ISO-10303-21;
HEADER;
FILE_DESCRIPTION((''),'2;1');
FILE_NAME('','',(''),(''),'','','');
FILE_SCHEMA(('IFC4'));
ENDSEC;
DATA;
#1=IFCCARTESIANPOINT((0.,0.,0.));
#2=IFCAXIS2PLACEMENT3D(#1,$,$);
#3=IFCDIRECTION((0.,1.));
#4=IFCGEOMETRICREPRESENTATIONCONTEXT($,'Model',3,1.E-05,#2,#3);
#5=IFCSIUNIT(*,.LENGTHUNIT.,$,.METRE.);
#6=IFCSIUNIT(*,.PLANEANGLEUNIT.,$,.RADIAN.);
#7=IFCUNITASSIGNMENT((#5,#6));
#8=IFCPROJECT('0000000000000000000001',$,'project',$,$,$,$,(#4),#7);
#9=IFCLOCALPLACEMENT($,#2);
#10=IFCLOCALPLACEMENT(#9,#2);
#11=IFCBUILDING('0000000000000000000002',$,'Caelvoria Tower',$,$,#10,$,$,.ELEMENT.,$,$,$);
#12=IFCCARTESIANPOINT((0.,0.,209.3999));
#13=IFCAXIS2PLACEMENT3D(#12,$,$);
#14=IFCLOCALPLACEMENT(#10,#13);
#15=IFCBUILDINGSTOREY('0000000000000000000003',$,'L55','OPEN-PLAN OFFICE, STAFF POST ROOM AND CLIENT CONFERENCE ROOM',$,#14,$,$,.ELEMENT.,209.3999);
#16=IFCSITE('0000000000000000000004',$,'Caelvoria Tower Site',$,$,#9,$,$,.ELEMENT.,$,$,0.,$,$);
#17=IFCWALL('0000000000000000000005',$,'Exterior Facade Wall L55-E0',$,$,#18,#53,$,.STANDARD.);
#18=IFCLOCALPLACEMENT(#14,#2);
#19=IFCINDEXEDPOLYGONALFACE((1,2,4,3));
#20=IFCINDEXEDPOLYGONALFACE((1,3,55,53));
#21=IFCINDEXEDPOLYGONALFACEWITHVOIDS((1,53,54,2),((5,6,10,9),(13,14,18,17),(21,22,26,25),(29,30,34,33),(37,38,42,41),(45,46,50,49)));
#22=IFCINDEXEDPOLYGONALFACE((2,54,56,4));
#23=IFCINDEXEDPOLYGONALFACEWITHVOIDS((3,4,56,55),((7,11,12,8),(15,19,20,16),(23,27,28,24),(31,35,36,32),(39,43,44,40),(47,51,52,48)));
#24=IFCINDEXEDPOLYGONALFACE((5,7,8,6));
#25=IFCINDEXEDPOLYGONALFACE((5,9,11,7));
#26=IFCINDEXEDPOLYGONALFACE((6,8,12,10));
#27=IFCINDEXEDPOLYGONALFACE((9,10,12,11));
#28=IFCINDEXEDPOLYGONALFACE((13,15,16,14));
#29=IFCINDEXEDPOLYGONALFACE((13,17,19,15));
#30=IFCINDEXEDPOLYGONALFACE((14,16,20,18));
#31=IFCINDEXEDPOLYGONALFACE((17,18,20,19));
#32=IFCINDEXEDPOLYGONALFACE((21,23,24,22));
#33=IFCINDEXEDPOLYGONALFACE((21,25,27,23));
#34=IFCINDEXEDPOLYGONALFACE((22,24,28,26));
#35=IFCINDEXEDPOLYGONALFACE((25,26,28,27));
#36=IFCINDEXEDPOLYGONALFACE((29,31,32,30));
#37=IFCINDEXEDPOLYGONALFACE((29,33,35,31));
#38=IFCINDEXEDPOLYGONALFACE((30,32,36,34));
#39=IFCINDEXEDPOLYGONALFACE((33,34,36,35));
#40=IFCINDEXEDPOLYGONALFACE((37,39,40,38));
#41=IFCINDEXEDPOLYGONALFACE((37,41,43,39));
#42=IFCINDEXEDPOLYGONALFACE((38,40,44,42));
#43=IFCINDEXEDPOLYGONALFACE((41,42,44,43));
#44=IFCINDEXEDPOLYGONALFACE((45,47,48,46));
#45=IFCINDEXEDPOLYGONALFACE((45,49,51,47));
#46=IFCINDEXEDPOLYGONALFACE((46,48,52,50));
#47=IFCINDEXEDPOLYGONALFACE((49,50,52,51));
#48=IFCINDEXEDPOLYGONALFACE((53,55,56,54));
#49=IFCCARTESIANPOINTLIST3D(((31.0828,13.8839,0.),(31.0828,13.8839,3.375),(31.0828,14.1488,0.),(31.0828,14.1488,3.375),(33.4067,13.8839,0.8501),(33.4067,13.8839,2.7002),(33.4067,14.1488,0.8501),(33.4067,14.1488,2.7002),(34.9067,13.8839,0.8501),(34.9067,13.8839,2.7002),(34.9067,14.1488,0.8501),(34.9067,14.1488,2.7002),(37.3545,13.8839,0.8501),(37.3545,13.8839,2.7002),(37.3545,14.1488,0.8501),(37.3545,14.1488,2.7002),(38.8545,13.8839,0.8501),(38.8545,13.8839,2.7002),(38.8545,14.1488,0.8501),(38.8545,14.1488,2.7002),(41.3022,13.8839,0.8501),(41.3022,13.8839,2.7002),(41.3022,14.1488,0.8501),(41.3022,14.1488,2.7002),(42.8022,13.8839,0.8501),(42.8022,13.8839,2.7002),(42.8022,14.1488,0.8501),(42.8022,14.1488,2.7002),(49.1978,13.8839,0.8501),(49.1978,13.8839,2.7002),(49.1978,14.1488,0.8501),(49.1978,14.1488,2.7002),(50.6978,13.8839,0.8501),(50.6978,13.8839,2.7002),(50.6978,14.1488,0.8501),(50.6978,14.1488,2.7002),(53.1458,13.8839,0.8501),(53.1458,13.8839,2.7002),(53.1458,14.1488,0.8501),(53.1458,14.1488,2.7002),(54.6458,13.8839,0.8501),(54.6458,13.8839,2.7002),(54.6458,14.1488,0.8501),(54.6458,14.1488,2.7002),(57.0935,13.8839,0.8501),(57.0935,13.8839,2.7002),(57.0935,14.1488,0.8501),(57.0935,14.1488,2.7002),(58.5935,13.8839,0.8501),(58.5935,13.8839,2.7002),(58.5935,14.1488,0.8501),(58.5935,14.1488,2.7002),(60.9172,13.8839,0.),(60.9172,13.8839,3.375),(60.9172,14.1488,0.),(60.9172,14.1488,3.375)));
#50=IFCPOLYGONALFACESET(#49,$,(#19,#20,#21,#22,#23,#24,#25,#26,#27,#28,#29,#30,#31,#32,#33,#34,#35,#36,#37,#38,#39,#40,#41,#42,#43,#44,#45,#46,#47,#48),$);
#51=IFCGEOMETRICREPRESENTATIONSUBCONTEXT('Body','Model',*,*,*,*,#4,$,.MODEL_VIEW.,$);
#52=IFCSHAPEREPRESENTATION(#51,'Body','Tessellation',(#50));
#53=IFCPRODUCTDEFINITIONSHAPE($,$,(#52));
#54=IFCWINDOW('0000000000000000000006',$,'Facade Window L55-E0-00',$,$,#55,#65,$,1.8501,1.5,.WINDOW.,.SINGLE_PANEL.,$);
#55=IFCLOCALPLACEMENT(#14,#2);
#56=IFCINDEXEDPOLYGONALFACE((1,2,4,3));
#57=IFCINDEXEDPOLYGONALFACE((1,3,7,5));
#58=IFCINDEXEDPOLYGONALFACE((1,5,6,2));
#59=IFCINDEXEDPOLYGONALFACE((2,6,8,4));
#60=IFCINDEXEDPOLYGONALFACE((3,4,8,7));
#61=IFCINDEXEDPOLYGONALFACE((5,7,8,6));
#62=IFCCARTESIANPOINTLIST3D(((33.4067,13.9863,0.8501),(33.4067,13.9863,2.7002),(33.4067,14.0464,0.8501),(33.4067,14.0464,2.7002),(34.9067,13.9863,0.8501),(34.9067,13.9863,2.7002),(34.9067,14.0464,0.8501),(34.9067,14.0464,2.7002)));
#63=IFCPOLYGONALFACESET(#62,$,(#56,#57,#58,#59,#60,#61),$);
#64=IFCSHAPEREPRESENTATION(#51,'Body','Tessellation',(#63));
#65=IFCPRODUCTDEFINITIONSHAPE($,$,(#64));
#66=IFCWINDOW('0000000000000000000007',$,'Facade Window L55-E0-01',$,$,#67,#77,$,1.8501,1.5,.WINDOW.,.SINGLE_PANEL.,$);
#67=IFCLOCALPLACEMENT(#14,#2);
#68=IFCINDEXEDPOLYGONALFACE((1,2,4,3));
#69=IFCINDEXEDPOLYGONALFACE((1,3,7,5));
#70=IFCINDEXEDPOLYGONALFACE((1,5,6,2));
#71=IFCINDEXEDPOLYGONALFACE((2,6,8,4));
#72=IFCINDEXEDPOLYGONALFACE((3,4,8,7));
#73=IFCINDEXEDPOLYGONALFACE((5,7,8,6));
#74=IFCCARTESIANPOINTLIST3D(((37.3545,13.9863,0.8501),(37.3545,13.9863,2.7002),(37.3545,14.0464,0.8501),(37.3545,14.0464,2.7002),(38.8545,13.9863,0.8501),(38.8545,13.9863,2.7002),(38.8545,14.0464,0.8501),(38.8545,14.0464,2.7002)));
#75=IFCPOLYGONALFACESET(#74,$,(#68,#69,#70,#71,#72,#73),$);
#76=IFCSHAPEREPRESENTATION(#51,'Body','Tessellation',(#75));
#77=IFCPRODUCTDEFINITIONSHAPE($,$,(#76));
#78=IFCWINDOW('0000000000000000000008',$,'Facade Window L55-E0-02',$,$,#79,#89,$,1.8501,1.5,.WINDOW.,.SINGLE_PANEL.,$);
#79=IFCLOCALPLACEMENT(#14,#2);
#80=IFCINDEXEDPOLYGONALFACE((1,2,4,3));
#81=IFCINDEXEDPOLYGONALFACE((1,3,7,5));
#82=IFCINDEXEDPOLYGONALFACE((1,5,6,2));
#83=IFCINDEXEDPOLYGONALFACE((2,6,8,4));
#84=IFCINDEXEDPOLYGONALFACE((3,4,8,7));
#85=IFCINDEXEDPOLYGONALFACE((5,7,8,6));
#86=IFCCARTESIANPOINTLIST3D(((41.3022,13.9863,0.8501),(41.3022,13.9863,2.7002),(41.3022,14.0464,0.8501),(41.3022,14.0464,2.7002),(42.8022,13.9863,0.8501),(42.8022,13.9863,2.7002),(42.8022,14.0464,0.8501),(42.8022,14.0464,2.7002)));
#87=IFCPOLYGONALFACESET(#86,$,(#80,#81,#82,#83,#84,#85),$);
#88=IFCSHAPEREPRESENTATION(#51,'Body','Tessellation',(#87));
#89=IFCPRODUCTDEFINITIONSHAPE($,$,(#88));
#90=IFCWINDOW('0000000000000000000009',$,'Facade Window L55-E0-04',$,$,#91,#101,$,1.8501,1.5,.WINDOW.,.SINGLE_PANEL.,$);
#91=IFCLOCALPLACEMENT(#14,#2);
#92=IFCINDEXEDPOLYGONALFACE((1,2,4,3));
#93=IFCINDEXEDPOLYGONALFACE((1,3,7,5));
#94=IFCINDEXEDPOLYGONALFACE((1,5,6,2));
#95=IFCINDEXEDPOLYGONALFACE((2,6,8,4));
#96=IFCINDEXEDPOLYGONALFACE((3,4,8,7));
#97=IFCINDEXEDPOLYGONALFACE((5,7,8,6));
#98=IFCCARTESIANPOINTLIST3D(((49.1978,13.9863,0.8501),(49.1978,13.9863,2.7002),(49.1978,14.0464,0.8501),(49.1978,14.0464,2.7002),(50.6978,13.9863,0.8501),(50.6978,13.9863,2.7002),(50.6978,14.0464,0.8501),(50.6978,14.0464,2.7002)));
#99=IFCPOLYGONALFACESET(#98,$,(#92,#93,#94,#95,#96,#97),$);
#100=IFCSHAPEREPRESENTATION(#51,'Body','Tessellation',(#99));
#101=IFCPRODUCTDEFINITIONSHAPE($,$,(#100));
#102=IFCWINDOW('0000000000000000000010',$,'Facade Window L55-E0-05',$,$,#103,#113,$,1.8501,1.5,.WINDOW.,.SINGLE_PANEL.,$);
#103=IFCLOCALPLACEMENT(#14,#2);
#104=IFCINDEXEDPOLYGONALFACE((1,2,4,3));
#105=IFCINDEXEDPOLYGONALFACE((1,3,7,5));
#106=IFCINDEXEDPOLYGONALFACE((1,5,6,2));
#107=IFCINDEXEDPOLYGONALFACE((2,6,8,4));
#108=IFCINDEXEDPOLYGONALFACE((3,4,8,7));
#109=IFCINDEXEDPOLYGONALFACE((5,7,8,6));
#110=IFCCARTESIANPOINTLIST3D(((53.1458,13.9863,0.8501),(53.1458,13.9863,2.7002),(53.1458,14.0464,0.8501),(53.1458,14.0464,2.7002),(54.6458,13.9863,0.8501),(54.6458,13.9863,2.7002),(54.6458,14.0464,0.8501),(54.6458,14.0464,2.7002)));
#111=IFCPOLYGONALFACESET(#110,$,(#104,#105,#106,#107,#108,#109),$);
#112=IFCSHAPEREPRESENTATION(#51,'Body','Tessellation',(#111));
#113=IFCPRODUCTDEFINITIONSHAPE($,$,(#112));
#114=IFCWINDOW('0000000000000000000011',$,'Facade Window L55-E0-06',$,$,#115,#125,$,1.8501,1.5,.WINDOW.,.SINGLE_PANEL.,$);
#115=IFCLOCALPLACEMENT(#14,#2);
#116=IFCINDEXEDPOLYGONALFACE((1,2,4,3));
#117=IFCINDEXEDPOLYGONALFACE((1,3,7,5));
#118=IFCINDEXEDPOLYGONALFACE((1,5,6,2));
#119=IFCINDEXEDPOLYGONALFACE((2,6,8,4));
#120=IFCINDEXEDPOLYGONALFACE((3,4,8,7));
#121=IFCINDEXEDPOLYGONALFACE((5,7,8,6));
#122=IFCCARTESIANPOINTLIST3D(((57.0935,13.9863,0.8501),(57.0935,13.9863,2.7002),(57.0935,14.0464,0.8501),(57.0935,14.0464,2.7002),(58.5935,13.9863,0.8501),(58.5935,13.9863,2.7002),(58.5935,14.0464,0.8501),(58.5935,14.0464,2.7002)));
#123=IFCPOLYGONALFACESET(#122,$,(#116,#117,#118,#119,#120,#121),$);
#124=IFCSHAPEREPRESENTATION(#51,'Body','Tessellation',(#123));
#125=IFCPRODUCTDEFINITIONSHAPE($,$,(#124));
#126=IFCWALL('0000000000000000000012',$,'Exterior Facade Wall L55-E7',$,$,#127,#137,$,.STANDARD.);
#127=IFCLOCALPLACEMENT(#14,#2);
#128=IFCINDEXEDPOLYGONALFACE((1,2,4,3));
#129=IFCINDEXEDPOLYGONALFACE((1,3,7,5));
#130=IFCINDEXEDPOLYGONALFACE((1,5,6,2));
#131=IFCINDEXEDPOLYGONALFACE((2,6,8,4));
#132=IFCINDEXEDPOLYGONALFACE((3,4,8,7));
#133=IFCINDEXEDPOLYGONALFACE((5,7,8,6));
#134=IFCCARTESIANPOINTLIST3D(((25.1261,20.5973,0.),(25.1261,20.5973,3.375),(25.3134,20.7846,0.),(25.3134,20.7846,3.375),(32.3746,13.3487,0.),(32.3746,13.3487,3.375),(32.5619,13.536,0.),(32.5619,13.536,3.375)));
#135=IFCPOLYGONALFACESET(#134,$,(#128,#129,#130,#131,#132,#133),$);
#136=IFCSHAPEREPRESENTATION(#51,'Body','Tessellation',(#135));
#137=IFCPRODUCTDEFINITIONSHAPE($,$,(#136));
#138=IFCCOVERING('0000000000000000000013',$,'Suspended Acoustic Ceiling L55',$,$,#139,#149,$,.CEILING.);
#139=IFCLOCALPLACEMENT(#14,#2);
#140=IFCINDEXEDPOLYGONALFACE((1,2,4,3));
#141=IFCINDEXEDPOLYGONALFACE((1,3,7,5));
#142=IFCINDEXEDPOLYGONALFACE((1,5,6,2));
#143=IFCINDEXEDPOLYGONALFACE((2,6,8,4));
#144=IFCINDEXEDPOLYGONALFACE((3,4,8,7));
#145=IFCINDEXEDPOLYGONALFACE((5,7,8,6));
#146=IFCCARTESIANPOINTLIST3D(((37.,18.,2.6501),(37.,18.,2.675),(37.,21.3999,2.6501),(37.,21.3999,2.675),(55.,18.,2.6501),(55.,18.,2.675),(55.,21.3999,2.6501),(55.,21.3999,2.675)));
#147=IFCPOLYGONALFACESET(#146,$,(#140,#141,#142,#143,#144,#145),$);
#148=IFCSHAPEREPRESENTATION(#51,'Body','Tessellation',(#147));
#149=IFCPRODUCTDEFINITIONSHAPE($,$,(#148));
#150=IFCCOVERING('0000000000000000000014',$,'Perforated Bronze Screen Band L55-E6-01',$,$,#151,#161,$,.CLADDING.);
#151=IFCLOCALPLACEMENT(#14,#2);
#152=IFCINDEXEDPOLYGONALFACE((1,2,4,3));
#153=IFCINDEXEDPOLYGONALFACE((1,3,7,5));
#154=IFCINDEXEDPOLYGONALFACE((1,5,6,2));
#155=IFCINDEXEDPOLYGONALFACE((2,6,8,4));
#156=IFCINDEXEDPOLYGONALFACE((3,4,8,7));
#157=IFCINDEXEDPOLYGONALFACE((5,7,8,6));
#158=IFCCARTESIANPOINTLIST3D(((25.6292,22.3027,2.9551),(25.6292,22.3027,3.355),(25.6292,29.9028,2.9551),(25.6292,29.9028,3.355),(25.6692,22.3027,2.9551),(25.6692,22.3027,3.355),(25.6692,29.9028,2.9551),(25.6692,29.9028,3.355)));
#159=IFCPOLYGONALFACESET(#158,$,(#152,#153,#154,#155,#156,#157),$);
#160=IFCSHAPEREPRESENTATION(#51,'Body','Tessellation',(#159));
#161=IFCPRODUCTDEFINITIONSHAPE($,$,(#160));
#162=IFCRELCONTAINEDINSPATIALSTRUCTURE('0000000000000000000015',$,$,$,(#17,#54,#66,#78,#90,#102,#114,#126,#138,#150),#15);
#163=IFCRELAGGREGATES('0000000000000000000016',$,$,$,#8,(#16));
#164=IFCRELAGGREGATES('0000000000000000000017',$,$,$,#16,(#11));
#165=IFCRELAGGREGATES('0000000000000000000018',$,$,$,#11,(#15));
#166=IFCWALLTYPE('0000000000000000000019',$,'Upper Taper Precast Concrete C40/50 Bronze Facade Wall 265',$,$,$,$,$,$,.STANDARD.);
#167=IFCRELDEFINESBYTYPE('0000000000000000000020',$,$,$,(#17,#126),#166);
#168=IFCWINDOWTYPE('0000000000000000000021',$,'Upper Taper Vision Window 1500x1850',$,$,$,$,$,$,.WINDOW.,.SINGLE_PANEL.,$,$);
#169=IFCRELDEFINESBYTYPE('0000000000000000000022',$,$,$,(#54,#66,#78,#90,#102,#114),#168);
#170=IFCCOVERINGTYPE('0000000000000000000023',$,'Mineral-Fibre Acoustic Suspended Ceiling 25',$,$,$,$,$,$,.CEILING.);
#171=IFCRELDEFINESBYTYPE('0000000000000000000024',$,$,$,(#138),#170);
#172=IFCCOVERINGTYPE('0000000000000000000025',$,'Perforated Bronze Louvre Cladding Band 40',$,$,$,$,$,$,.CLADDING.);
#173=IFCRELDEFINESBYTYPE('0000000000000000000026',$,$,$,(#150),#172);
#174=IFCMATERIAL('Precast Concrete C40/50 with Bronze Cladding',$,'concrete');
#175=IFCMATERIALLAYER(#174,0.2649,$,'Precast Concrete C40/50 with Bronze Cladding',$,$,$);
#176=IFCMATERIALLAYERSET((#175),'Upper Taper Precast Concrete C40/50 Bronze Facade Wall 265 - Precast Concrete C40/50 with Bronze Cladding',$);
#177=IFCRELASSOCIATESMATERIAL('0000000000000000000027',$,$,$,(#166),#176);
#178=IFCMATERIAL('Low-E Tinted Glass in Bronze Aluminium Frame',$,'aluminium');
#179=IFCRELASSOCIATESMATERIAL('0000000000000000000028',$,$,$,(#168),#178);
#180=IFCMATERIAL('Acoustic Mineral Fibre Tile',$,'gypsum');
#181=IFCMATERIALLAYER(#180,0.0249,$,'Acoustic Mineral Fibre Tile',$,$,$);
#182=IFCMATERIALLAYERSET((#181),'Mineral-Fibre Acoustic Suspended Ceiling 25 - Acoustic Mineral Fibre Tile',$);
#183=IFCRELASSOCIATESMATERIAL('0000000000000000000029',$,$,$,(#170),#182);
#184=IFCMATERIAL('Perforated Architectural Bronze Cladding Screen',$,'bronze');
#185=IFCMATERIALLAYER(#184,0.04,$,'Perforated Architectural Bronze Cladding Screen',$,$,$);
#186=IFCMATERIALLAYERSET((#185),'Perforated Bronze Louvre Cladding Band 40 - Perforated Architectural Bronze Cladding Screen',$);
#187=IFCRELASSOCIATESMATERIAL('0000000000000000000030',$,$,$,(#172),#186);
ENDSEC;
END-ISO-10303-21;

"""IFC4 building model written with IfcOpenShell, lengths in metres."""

from ifc_helpers import new_model, si_unit, direction, frame, frame_2d, origin, origin_2d, place, context, subcontext, project, spatial, polyline, rectangle, outline, extrude, material, layer, layer_set, type_object, element, fill, save


model = new_model("IFC4")

# Units and contexts
model_context = context("Model", 3, precision=1e-05, world=origin(), true_north=direction((0.0, 1.0)))
body_context = subcontext(model_context, "Body", "Model", "MODEL_VIEW")
ifc_project = project(units=[si_unit("LENGTHUNIT", "METRE"), si_unit("PLANEANGLEUNIT", "RADIAN")], contexts=[model_context])

# Site, building, storey
site_placement = place(None, origin())
site = spatial("IfcSite", under=ifc_project, at=site_placement, Name="Caelvoria Tower Site", CompositionType="ELEMENT", RefElevation=0.0)
building_placement = place(site_placement, origin())
building = spatial("IfcBuilding", under=site, at=building_placement, Name="Caelvoria Tower", CompositionType="ELEMENT")
storey_placement = place(building_placement, frame((0.0, 0.0, 209.3999)))
storey = spatial("IfcBuildingStorey", under=building, at=storey_placement, Name="L55", Description="OPEN-PLAN OFFICE, STAFF POST ROOM AND CLIENT CONFERENCE ROOM", CompositionType="ELEMENT", Elevation=209.3999)

# Wall, openings, windows
ifc_material_1 = material(Name="Precast Concrete C40/50 with Bronze Cladding", Category="concrete")
ifc_layer_1 = layer(ifc_material_1, 0.2649, Name="Precast Concrete C40/50 with Bronze Cladding")
ifc_layer_set_1 = layer_set([ifc_layer_1], Name="Upper Taper Precast Concrete C40/50 Bronze Facade Wall 265 - Precast Concrete C40/50 with Bronze Cladding")
wall_type = type_object("IfcWallType", Name="Upper Taper Precast Concrete C40/50 Bronze Facade Wall 265", PredefinedType="STANDARD", material=ifc_layer_set_1)
wall_1_placement = place(storey_placement, frame((31.0828, 14.0164, 0.0), z_axis=(0.0, 0.0, 1.0), x_axis=(1.0, 0.0, 0.0)))
wall_1 = element("IfcWall", 1, at=wall_1_placement, inside=storey, type_object=wall_type, Name="Exterior Facade Wall L55-E0", PredefinedType="STANDARD", context=body_context, shape_type="SweptSolid", body=[
    extrude(rectangle(XDim=29.8345, YDim=0.2649, at=frame_2d((14.9172, 0.0))), origin(), (0.0, 0.0, 1.0), 3.375),
])
opening_1_placement = place(wall_1_placement, frame((2.324, 0.0, 0.8501)))
opening_1 = element("IfcOpeningElement", 2, at=opening_1_placement, cuts=wall_1, PredefinedType="OPENING", context=body_context, shape_type="SweptSolid", body=[
    extrude(rectangle(XDim=1.5, YDim=1.8501, at=frame_2d((0.75, 0.925))), frame((0.0, 0.1423, 0.0), z_axis=(0.0, -1.0, 0.0), x_axis=(1.0, 0.0, 0.0)), (0.0, 0.0, 1.0), 0.2849),
])
opening_2_placement = place(wall_1_placement, frame((6.2717, 0.0, 0.8501)))
opening_2 = element("IfcOpeningElement", 3, at=opening_2_placement, cuts=wall_1, PredefinedType="OPENING", context=body_context, shape_type="SweptSolid", body=[
    extrude(rectangle(XDim=1.5, YDim=1.8501, at=frame_2d((0.75, 0.925))), frame((0.0, 0.1423, 0.0), z_axis=(0.0, -1.0, 0.0), x_axis=(1.0, 0.0, 0.0)), (0.0, 0.0, 1.0), 0.2849),
])
opening_3_placement = place(wall_1_placement, frame((10.2195, 0.0, 0.8501)))
opening_3 = element("IfcOpeningElement", 4, at=opening_3_placement, cuts=wall_1, PredefinedType="OPENING", context=body_context, shape_type="SweptSolid", body=[
    extrude(rectangle(XDim=1.5, YDim=1.8501, at=frame_2d((0.75, 0.925))), frame((0.0, 0.1423, 0.0), z_axis=(0.0, -1.0, 0.0), x_axis=(1.0, 0.0, 0.0)), (0.0, 0.0, 1.0), 0.2849),
])
opening_4_placement = place(wall_1_placement, frame((18.115, 0.0, 0.8501)))
opening_4 = element("IfcOpeningElement", 5, at=opening_4_placement, cuts=wall_1, PredefinedType="OPENING", context=body_context, shape_type="SweptSolid", body=[
    extrude(rectangle(XDim=1.5, YDim=1.8501, at=frame_2d((0.75, 0.925))), frame((0.0, 0.1423, 0.0), z_axis=(0.0, -1.0, 0.0), x_axis=(1.0, 0.0, 0.0)), (0.0, 0.0, 1.0), 0.2849),
])
opening_5_placement = place(wall_1_placement, frame((22.063, 0.0, 0.8501)))
opening_5 = element("IfcOpeningElement", 6, at=opening_5_placement, cuts=wall_1, PredefinedType="OPENING", context=body_context, shape_type="SweptSolid", body=[
    extrude(rectangle(XDim=1.5, YDim=1.8501, at=frame_2d((0.75, 0.925))), frame((0.0, 0.1423, 0.0), z_axis=(0.0, -1.0, 0.0), x_axis=(1.0, 0.0, 0.0)), (0.0, 0.0, 1.0), 0.2849),
])
opening_6_placement = place(wall_1_placement, frame((26.0107, 0.0, 0.8501)))
opening_6 = element("IfcOpeningElement", 7, at=opening_6_placement, cuts=wall_1, PredefinedType="OPENING", context=body_context, shape_type="SweptSolid", body=[
    extrude(rectangle(XDim=1.5, YDim=1.8501, at=frame_2d((0.75, 0.925))), frame((0.0, 0.1423, 0.0), z_axis=(0.0, -1.0, 0.0), x_axis=(1.0, 0.0, 0.0)), (0.0, 0.0, 1.0), 0.2849),
])
ifc_material_2 = material(Name="Low-E Tinted Glass in Bronze Aluminium Frame", Category="aluminium")
window_type = type_object("IfcWindowType", Name="Upper Taper Vision Window 1500x1850", PartitioningType="SINGLE_PANEL", PredefinedType="WINDOW", material=ifc_material_2)
window_1_placement = place(opening_1_placement, origin())
window_1 = element("IfcWindow", 8, at=window_1_placement, inside=storey, type_object=window_type, Name="Facade Window L55-E0-00", OverallHeight=1.8501, OverallWidth=1.5, PartitioningType="SINGLE_PANEL", PredefinedType="WINDOW", context=body_context, shape_type="SweptSolid", body=[
    extrude(rectangle(XDim=1.5, YDim=1.8501, at=frame_2d((0.75, 0.925))), frame((0.0, 0.03, 0.0), z_axis=(0.0, -1.0, 0.0), x_axis=(1.0, 0.0, 0.0)), (0.0, 0.0, 1.0), 0.0601),
])
fill(opening_1, window_1)
window_2_placement = place(opening_2_placement, origin())
window_2 = element("IfcWindow", 9, at=window_2_placement, inside=storey, type_object=window_type, Name="Facade Window L55-E0-01", OverallHeight=1.8501, OverallWidth=1.5, PartitioningType="SINGLE_PANEL", PredefinedType="WINDOW", context=body_context, shape_type="SweptSolid", body=[
    extrude(rectangle(XDim=1.5, YDim=1.8501, at=frame_2d((0.75, 0.925))), frame((0.0, 0.03, 0.0), z_axis=(0.0, -1.0, 0.0), x_axis=(1.0, 0.0, 0.0)), (0.0, 0.0, 1.0), 0.0601),
])
fill(opening_2, window_2)
window_3_placement = place(opening_3_placement, origin())
window_3 = element("IfcWindow", 10, at=window_3_placement, inside=storey, type_object=window_type, Name="Facade Window L55-E0-02", OverallHeight=1.8501, OverallWidth=1.5, PartitioningType="SINGLE_PANEL", PredefinedType="WINDOW", context=body_context, shape_type="SweptSolid", body=[
    extrude(rectangle(XDim=1.5, YDim=1.8501, at=frame_2d((0.75, 0.925))), frame((0.0, 0.03, 0.0), z_axis=(0.0, -1.0, 0.0), x_axis=(1.0, 0.0, 0.0)), (0.0, 0.0, 1.0), 0.0601),
])
fill(opening_3, window_3)
window_4_placement = place(opening_4_placement, origin())
window_4 = element("IfcWindow", 11, at=window_4_placement, inside=storey, type_object=window_type, Name="Facade Window L55-E0-04", OverallHeight=1.8501, OverallWidth=1.5, PartitioningType="SINGLE_PANEL", PredefinedType="WINDOW", context=body_context, shape_type="SweptSolid", body=[
    extrude(rectangle(XDim=1.5, YDim=1.8501, at=frame_2d((0.75, 0.925))), frame((0.0, 0.03, 0.0), z_axis=(0.0, -1.0, 0.0), x_axis=(1.0, 0.0, 0.0)), (0.0, 0.0, 1.0), 0.0601),
])
fill(opening_4, window_4)
window_5_placement = place(opening_5_placement, origin())
window_5 = element("IfcWindow", 12, at=window_5_placement, inside=storey, type_object=window_type, Name="Facade Window L55-E0-05", OverallHeight=1.8501, OverallWidth=1.5, PartitioningType="SINGLE_PANEL", PredefinedType="WINDOW", context=body_context, shape_type="SweptSolid", body=[
    extrude(rectangle(XDim=1.5, YDim=1.8501, at=frame_2d((0.75, 0.925))), frame((0.0, 0.03, 0.0), z_axis=(0.0, -1.0, 0.0), x_axis=(1.0, 0.0, 0.0)), (0.0, 0.0, 1.0), 0.0601),
])
fill(opening_5, window_5)
window_6_placement = place(opening_6_placement, origin())
window_6 = element("IfcWindow", 13, at=window_6_placement, inside=storey, type_object=window_type, Name="Facade Window L55-E0-06", OverallHeight=1.8501, OverallWidth=1.5, PartitioningType="SINGLE_PANEL", PredefinedType="WINDOW", context=body_context, shape_type="SweptSolid", body=[
    extrude(rectangle(XDim=1.5, YDim=1.8501, at=frame_2d((0.75, 0.925))), frame((0.0, 0.03, 0.0), z_axis=(0.0, -1.0, 0.0), x_axis=(1.0, 0.0, 0.0)), (0.0, 0.0, 1.0), 0.0601),
])
fill(opening_6, window_6)

# Wall
wall_2_placement = place(storey_placement, frame((25.2197, 20.6909, 0.0), z_axis=(0.0, 0.0, 1.0), x_axis=(0.707107, -0.707107, 0.0)))
element("IfcWall", 14, at=wall_2_placement, inside=storey, type_object=wall_type, Name="Exterior Facade Wall L55-E7", PredefinedType="STANDARD", context=body_context, shape_type="SweptSolid", body=[
    extrude(rectangle(XDim=10.251, YDim=0.2649, at=frame_2d((5.1255, 0.0))), origin(), (0.0, 0.0, 1.0), 3.375),
])

# Coverings
ifc_material_3 = material(Name="Acoustic Mineral Fibre Tile", Category="gypsum")
ifc_layer_2 = layer(ifc_material_3, 0.0249, Name="Acoustic Mineral Fibre Tile")
ifc_layer_set_2 = layer_set([ifc_layer_2], Name="Mineral-Fibre Acoustic Suspended Ceiling 25 - Acoustic Mineral Fibre Tile")
covering_type_1 = type_object("IfcCoveringType", Name="Mineral-Fibre Acoustic Suspended Ceiling 25", PredefinedType="CEILING", material=ifc_layer_set_2)
covering_1_placement = place(storey_placement, frame((0.0, 0.0, 2.6501)))
element("IfcCovering", 15, at=covering_1_placement, inside=storey, type_object=covering_type_1, Name="Suspended Acoustic Ceiling L55", PredefinedType="CEILING", context=body_context, shape_type="SweptSolid", body=[
    extrude(outline(polyline([(37.0, 18.0), (55.0, 18.0), (55.0, 21.3999), (37.0, 21.3999), (37.0, 18.0)])), origin(), (0.0, 0.0, 1.0), 0.0249),
])
ifc_material_4 = material(Name="Perforated Architectural Bronze Cladding Screen", Category="bronze")
ifc_layer_3 = layer(ifc_material_4, 0.04, Name="Perforated Architectural Bronze Cladding Screen")
ifc_layer_set_3 = layer_set([ifc_layer_3], Name="Perforated Bronze Louvre Cladding Band 40 - Perforated Architectural Bronze Cladding Screen")
covering_type_2 = type_object("IfcCoveringType", Name="Perforated Bronze Louvre Cladding Band 40", PredefinedType="CLADDING", material=ifc_layer_set_3)
covering_2_placement = place(storey_placement, frame((25.6492, 26.1028, 2.9551), z_axis=(0.0, 0.0, 1.0), x_axis=(0.0, -1.0, 0.0)))
element("IfcCovering", 16, at=covering_2_placement, inside=storey, type_object=covering_type_2, Name="Perforated Bronze Screen Band L55-E6-01", PredefinedType="CLADDING", context=body_context, shape_type="SweptSolid", body=[
    extrude(rectangle(XDim=7.6001, YDim=0.04, at=origin_2d()), origin(), (0.0, 0.0, 1.0), 0.3999),
])

save(model, "model.ifc")
